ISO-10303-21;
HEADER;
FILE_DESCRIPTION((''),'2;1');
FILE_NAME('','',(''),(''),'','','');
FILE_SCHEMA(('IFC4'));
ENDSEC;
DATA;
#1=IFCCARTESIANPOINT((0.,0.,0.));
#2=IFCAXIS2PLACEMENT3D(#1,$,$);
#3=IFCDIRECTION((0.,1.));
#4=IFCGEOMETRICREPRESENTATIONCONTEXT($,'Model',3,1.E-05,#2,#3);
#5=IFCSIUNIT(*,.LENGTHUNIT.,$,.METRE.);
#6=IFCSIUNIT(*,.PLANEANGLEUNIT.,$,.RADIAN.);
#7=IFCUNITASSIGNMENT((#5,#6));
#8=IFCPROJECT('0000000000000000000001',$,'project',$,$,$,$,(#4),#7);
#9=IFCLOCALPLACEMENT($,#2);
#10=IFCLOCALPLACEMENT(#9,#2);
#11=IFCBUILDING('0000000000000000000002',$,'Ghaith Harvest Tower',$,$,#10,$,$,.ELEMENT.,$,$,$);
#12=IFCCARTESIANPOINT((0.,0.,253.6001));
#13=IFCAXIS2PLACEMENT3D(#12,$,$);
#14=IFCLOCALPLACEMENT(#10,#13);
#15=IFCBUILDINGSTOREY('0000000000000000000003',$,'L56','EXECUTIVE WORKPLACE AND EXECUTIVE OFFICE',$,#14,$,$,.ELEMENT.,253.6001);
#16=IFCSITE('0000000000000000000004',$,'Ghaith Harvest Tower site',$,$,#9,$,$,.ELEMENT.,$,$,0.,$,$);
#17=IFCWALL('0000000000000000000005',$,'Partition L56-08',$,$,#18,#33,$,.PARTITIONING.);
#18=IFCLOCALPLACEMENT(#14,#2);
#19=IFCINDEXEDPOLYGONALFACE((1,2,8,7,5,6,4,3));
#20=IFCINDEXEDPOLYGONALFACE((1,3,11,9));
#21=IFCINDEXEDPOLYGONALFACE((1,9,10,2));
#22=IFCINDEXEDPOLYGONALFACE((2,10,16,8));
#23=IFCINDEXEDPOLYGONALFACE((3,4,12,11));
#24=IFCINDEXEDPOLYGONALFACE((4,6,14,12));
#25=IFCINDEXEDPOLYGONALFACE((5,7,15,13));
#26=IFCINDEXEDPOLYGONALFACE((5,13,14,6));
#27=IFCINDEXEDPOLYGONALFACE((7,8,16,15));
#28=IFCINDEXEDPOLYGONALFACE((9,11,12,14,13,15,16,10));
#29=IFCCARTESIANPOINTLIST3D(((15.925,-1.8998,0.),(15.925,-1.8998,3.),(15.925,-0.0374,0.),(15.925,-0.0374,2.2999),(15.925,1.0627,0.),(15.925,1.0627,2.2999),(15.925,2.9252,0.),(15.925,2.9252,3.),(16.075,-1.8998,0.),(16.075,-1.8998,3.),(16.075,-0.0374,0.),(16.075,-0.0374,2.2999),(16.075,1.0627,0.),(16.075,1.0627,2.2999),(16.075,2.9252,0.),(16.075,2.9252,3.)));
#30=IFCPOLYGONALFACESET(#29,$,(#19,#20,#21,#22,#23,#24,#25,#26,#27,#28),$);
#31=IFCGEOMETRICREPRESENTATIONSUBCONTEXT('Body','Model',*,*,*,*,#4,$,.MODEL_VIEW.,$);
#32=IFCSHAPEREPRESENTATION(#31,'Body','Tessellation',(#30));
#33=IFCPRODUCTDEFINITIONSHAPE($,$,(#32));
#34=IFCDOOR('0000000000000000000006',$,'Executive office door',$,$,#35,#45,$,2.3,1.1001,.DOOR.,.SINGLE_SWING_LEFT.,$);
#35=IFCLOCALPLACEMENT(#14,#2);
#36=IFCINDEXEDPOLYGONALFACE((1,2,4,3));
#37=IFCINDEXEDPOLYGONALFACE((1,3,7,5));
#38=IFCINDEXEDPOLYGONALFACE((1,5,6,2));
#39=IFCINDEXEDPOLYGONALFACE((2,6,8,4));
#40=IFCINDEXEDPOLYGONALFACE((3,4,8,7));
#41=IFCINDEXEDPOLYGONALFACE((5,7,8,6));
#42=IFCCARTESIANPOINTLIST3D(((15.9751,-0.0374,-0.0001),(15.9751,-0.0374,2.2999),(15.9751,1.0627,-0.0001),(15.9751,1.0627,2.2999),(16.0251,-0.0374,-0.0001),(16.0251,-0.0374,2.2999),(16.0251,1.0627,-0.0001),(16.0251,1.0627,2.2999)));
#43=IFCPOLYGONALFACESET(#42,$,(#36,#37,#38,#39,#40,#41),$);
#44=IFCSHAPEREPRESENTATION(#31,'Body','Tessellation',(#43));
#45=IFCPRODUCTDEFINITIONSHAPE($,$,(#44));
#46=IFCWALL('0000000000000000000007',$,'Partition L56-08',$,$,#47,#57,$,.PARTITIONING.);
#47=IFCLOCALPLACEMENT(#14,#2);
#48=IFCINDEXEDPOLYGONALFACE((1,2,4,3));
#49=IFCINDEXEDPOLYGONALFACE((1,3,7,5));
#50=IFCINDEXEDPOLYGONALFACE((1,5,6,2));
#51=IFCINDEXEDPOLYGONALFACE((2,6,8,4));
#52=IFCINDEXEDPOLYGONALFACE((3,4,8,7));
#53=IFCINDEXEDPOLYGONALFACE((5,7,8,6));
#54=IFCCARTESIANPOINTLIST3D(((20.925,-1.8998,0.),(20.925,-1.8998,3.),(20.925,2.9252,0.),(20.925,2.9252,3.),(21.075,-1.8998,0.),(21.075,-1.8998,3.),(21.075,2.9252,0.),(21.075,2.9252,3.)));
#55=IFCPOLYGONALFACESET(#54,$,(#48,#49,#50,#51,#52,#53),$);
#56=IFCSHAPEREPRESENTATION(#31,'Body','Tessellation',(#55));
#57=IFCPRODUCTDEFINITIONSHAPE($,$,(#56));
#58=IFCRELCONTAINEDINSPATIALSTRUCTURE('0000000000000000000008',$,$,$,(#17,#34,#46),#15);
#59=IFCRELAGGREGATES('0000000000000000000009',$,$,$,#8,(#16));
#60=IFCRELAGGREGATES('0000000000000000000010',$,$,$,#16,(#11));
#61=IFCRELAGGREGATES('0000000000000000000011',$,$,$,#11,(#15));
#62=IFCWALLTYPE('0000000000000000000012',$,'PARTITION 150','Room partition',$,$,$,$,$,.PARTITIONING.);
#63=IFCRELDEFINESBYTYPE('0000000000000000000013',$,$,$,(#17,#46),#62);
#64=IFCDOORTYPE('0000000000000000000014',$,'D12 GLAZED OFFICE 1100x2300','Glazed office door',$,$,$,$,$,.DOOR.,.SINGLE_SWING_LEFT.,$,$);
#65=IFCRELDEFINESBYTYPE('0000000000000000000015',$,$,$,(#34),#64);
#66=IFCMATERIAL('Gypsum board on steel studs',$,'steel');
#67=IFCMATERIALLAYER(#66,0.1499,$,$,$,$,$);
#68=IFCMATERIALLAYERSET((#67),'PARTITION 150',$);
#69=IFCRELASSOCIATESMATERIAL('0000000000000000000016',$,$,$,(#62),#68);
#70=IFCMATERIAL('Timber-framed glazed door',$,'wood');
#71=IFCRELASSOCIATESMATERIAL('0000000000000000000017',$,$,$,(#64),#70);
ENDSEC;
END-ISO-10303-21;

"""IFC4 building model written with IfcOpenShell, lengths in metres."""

from ifc_helpers import new_model, si_unit, direction, frame, frame_2d, origin, place, context, subcontext, project, spatial, rectangle, extrude, material, layer, layer_set, type_object, element, fill, save


model = new_model("IFC4")

# Units and contexts
model_context = context("Model", 3, precision=1e-05, world=origin(), true_north=direction((0.0, 1.0)))
body_context = subcontext(model_context, "Body", "Model", "MODEL_VIEW")
ifc_project = project(units=[si_unit("LENGTHUNIT", "METRE"), si_unit("PLANEANGLEUNIT", "RADIAN")], contexts=[model_context])

# Site, building, storey
site_placement = place(None, origin())
site = spatial("IfcSite", under=ifc_project, at=site_placement, Name="Ghaith Harvest Tower site", CompositionType="ELEMENT", RefElevation=0.0)
building_placement = place(site_placement, origin())
building = spatial("IfcBuilding", under=site, at=building_placement, Name="Ghaith Harvest Tower", CompositionType="ELEMENT")
storey_placement = place(building_placement, frame((0.0, 0.0, 253.6001)))
storey = spatial("IfcBuildingStorey", under=building, at=storey_placement, Name="L56", Description="EXECUTIVE WORKPLACE AND EXECUTIVE OFFICE", CompositionType="ELEMENT", Elevation=253.6001)

# Wall, opening, door
ifc_material_1 = material(Name="Gypsum board on steel studs", Category="steel")
ifc_layer_1 = layer(ifc_material_1, 0.1499)
ifc_layer_set_1 = layer_set([ifc_layer_1], Name="PARTITION 150")
wall_type_1 = type_object("IfcWallType", Name="PARTITION 150", Description="Room partition", PredefinedType="PARTITIONING", material=ifc_layer_set_1)
wall_1_placement = place(storey_placement, frame((16.0, -1.8999, 0.0), z_axis=(0.0, 0.0, 1.0), x_axis=(0.0, 1.0, 0.0)))
wall_1 = element("IfcWall", 1, at=wall_1_placement, inside=storey, type_object=wall_type_1, Name="Partition L56-08", PredefinedType="PARTITIONING", context=body_context, shape_type="SweptSolid", body=[
    extrude(rectangle(XDim=4.825, YDim=0.1499, at=frame_2d((2.4126, 0.0))), origin(), (0.0, 0.0, 1.0), 3.0),
])
opening_1_placement = place(wall_1_placement, frame((1.8625, 0.0, 0.0)))
opening_1 = element("IfcOpeningElement", 2, at=opening_1_placement, cuts=wall_1, PredefinedType="OPENING", context=body_context, shape_type="SweptSolid", body=[
    extrude(rectangle(XDim=1.1001, YDim=2.3, at=frame_2d((0.55, 1.1499))), frame((0.0, 0.085, 0.0), z_axis=(0.0, -1.0, 0.0), x_axis=(1.0, 0.0, 0.0)), (0.0, 0.0, 1.0), 0.1699),
])
ifc_material_2 = material(Name="Timber-framed glazed door", Category="wood")
door_type_1 = type_object("IfcDoorType", Name="D12 GLAZED OFFICE 1100x2300", Description="Glazed office door", OperationType="SINGLE_SWING_LEFT", PredefinedType="DOOR", material=ifc_material_2)
door_1_placement = place(opening_1_placement, origin())
door_1 = element("IfcDoor", 3, at=door_1_placement, inside=storey, type_object=door_type_1, Name="Executive office door", OperationType="SINGLE_SWING_LEFT", OverallHeight=2.3, OverallWidth=1.1001, PredefinedType="DOOR", context=body_context, shape_type="SweptSolid", body=[
    extrude(rectangle(XDim=1.1001, YDim=2.3, at=frame_2d((0.55, 1.1499))), frame((0.0, 0.0249, 0.0), z_axis=(0.0, -1.0, 0.0), x_axis=(1.0, 0.0, 0.0)), (0.0, 0.0, 1.0), 0.05),
])
fill(opening_1, door_1)

# Wall
wall_2_placement = place(storey_placement, frame((21.0, -1.8999, 0.0), z_axis=(0.0, 0.0, 1.0), x_axis=(0.0, 1.0, 0.0)))
element("IfcWall", 4, at=wall_2_placement, inside=storey, type_object=wall_type_1, Name="Partition L56-08", PredefinedType="PARTITIONING", context=body_context, shape_type="SweptSolid", body=[
    extrude(rectangle(XDim=4.825, YDim=0.1499, at=frame_2d((2.4126, 0.0))), origin(), (0.0, 0.0, 1.0), 3.0),
])

save(model, "model.ifc")
